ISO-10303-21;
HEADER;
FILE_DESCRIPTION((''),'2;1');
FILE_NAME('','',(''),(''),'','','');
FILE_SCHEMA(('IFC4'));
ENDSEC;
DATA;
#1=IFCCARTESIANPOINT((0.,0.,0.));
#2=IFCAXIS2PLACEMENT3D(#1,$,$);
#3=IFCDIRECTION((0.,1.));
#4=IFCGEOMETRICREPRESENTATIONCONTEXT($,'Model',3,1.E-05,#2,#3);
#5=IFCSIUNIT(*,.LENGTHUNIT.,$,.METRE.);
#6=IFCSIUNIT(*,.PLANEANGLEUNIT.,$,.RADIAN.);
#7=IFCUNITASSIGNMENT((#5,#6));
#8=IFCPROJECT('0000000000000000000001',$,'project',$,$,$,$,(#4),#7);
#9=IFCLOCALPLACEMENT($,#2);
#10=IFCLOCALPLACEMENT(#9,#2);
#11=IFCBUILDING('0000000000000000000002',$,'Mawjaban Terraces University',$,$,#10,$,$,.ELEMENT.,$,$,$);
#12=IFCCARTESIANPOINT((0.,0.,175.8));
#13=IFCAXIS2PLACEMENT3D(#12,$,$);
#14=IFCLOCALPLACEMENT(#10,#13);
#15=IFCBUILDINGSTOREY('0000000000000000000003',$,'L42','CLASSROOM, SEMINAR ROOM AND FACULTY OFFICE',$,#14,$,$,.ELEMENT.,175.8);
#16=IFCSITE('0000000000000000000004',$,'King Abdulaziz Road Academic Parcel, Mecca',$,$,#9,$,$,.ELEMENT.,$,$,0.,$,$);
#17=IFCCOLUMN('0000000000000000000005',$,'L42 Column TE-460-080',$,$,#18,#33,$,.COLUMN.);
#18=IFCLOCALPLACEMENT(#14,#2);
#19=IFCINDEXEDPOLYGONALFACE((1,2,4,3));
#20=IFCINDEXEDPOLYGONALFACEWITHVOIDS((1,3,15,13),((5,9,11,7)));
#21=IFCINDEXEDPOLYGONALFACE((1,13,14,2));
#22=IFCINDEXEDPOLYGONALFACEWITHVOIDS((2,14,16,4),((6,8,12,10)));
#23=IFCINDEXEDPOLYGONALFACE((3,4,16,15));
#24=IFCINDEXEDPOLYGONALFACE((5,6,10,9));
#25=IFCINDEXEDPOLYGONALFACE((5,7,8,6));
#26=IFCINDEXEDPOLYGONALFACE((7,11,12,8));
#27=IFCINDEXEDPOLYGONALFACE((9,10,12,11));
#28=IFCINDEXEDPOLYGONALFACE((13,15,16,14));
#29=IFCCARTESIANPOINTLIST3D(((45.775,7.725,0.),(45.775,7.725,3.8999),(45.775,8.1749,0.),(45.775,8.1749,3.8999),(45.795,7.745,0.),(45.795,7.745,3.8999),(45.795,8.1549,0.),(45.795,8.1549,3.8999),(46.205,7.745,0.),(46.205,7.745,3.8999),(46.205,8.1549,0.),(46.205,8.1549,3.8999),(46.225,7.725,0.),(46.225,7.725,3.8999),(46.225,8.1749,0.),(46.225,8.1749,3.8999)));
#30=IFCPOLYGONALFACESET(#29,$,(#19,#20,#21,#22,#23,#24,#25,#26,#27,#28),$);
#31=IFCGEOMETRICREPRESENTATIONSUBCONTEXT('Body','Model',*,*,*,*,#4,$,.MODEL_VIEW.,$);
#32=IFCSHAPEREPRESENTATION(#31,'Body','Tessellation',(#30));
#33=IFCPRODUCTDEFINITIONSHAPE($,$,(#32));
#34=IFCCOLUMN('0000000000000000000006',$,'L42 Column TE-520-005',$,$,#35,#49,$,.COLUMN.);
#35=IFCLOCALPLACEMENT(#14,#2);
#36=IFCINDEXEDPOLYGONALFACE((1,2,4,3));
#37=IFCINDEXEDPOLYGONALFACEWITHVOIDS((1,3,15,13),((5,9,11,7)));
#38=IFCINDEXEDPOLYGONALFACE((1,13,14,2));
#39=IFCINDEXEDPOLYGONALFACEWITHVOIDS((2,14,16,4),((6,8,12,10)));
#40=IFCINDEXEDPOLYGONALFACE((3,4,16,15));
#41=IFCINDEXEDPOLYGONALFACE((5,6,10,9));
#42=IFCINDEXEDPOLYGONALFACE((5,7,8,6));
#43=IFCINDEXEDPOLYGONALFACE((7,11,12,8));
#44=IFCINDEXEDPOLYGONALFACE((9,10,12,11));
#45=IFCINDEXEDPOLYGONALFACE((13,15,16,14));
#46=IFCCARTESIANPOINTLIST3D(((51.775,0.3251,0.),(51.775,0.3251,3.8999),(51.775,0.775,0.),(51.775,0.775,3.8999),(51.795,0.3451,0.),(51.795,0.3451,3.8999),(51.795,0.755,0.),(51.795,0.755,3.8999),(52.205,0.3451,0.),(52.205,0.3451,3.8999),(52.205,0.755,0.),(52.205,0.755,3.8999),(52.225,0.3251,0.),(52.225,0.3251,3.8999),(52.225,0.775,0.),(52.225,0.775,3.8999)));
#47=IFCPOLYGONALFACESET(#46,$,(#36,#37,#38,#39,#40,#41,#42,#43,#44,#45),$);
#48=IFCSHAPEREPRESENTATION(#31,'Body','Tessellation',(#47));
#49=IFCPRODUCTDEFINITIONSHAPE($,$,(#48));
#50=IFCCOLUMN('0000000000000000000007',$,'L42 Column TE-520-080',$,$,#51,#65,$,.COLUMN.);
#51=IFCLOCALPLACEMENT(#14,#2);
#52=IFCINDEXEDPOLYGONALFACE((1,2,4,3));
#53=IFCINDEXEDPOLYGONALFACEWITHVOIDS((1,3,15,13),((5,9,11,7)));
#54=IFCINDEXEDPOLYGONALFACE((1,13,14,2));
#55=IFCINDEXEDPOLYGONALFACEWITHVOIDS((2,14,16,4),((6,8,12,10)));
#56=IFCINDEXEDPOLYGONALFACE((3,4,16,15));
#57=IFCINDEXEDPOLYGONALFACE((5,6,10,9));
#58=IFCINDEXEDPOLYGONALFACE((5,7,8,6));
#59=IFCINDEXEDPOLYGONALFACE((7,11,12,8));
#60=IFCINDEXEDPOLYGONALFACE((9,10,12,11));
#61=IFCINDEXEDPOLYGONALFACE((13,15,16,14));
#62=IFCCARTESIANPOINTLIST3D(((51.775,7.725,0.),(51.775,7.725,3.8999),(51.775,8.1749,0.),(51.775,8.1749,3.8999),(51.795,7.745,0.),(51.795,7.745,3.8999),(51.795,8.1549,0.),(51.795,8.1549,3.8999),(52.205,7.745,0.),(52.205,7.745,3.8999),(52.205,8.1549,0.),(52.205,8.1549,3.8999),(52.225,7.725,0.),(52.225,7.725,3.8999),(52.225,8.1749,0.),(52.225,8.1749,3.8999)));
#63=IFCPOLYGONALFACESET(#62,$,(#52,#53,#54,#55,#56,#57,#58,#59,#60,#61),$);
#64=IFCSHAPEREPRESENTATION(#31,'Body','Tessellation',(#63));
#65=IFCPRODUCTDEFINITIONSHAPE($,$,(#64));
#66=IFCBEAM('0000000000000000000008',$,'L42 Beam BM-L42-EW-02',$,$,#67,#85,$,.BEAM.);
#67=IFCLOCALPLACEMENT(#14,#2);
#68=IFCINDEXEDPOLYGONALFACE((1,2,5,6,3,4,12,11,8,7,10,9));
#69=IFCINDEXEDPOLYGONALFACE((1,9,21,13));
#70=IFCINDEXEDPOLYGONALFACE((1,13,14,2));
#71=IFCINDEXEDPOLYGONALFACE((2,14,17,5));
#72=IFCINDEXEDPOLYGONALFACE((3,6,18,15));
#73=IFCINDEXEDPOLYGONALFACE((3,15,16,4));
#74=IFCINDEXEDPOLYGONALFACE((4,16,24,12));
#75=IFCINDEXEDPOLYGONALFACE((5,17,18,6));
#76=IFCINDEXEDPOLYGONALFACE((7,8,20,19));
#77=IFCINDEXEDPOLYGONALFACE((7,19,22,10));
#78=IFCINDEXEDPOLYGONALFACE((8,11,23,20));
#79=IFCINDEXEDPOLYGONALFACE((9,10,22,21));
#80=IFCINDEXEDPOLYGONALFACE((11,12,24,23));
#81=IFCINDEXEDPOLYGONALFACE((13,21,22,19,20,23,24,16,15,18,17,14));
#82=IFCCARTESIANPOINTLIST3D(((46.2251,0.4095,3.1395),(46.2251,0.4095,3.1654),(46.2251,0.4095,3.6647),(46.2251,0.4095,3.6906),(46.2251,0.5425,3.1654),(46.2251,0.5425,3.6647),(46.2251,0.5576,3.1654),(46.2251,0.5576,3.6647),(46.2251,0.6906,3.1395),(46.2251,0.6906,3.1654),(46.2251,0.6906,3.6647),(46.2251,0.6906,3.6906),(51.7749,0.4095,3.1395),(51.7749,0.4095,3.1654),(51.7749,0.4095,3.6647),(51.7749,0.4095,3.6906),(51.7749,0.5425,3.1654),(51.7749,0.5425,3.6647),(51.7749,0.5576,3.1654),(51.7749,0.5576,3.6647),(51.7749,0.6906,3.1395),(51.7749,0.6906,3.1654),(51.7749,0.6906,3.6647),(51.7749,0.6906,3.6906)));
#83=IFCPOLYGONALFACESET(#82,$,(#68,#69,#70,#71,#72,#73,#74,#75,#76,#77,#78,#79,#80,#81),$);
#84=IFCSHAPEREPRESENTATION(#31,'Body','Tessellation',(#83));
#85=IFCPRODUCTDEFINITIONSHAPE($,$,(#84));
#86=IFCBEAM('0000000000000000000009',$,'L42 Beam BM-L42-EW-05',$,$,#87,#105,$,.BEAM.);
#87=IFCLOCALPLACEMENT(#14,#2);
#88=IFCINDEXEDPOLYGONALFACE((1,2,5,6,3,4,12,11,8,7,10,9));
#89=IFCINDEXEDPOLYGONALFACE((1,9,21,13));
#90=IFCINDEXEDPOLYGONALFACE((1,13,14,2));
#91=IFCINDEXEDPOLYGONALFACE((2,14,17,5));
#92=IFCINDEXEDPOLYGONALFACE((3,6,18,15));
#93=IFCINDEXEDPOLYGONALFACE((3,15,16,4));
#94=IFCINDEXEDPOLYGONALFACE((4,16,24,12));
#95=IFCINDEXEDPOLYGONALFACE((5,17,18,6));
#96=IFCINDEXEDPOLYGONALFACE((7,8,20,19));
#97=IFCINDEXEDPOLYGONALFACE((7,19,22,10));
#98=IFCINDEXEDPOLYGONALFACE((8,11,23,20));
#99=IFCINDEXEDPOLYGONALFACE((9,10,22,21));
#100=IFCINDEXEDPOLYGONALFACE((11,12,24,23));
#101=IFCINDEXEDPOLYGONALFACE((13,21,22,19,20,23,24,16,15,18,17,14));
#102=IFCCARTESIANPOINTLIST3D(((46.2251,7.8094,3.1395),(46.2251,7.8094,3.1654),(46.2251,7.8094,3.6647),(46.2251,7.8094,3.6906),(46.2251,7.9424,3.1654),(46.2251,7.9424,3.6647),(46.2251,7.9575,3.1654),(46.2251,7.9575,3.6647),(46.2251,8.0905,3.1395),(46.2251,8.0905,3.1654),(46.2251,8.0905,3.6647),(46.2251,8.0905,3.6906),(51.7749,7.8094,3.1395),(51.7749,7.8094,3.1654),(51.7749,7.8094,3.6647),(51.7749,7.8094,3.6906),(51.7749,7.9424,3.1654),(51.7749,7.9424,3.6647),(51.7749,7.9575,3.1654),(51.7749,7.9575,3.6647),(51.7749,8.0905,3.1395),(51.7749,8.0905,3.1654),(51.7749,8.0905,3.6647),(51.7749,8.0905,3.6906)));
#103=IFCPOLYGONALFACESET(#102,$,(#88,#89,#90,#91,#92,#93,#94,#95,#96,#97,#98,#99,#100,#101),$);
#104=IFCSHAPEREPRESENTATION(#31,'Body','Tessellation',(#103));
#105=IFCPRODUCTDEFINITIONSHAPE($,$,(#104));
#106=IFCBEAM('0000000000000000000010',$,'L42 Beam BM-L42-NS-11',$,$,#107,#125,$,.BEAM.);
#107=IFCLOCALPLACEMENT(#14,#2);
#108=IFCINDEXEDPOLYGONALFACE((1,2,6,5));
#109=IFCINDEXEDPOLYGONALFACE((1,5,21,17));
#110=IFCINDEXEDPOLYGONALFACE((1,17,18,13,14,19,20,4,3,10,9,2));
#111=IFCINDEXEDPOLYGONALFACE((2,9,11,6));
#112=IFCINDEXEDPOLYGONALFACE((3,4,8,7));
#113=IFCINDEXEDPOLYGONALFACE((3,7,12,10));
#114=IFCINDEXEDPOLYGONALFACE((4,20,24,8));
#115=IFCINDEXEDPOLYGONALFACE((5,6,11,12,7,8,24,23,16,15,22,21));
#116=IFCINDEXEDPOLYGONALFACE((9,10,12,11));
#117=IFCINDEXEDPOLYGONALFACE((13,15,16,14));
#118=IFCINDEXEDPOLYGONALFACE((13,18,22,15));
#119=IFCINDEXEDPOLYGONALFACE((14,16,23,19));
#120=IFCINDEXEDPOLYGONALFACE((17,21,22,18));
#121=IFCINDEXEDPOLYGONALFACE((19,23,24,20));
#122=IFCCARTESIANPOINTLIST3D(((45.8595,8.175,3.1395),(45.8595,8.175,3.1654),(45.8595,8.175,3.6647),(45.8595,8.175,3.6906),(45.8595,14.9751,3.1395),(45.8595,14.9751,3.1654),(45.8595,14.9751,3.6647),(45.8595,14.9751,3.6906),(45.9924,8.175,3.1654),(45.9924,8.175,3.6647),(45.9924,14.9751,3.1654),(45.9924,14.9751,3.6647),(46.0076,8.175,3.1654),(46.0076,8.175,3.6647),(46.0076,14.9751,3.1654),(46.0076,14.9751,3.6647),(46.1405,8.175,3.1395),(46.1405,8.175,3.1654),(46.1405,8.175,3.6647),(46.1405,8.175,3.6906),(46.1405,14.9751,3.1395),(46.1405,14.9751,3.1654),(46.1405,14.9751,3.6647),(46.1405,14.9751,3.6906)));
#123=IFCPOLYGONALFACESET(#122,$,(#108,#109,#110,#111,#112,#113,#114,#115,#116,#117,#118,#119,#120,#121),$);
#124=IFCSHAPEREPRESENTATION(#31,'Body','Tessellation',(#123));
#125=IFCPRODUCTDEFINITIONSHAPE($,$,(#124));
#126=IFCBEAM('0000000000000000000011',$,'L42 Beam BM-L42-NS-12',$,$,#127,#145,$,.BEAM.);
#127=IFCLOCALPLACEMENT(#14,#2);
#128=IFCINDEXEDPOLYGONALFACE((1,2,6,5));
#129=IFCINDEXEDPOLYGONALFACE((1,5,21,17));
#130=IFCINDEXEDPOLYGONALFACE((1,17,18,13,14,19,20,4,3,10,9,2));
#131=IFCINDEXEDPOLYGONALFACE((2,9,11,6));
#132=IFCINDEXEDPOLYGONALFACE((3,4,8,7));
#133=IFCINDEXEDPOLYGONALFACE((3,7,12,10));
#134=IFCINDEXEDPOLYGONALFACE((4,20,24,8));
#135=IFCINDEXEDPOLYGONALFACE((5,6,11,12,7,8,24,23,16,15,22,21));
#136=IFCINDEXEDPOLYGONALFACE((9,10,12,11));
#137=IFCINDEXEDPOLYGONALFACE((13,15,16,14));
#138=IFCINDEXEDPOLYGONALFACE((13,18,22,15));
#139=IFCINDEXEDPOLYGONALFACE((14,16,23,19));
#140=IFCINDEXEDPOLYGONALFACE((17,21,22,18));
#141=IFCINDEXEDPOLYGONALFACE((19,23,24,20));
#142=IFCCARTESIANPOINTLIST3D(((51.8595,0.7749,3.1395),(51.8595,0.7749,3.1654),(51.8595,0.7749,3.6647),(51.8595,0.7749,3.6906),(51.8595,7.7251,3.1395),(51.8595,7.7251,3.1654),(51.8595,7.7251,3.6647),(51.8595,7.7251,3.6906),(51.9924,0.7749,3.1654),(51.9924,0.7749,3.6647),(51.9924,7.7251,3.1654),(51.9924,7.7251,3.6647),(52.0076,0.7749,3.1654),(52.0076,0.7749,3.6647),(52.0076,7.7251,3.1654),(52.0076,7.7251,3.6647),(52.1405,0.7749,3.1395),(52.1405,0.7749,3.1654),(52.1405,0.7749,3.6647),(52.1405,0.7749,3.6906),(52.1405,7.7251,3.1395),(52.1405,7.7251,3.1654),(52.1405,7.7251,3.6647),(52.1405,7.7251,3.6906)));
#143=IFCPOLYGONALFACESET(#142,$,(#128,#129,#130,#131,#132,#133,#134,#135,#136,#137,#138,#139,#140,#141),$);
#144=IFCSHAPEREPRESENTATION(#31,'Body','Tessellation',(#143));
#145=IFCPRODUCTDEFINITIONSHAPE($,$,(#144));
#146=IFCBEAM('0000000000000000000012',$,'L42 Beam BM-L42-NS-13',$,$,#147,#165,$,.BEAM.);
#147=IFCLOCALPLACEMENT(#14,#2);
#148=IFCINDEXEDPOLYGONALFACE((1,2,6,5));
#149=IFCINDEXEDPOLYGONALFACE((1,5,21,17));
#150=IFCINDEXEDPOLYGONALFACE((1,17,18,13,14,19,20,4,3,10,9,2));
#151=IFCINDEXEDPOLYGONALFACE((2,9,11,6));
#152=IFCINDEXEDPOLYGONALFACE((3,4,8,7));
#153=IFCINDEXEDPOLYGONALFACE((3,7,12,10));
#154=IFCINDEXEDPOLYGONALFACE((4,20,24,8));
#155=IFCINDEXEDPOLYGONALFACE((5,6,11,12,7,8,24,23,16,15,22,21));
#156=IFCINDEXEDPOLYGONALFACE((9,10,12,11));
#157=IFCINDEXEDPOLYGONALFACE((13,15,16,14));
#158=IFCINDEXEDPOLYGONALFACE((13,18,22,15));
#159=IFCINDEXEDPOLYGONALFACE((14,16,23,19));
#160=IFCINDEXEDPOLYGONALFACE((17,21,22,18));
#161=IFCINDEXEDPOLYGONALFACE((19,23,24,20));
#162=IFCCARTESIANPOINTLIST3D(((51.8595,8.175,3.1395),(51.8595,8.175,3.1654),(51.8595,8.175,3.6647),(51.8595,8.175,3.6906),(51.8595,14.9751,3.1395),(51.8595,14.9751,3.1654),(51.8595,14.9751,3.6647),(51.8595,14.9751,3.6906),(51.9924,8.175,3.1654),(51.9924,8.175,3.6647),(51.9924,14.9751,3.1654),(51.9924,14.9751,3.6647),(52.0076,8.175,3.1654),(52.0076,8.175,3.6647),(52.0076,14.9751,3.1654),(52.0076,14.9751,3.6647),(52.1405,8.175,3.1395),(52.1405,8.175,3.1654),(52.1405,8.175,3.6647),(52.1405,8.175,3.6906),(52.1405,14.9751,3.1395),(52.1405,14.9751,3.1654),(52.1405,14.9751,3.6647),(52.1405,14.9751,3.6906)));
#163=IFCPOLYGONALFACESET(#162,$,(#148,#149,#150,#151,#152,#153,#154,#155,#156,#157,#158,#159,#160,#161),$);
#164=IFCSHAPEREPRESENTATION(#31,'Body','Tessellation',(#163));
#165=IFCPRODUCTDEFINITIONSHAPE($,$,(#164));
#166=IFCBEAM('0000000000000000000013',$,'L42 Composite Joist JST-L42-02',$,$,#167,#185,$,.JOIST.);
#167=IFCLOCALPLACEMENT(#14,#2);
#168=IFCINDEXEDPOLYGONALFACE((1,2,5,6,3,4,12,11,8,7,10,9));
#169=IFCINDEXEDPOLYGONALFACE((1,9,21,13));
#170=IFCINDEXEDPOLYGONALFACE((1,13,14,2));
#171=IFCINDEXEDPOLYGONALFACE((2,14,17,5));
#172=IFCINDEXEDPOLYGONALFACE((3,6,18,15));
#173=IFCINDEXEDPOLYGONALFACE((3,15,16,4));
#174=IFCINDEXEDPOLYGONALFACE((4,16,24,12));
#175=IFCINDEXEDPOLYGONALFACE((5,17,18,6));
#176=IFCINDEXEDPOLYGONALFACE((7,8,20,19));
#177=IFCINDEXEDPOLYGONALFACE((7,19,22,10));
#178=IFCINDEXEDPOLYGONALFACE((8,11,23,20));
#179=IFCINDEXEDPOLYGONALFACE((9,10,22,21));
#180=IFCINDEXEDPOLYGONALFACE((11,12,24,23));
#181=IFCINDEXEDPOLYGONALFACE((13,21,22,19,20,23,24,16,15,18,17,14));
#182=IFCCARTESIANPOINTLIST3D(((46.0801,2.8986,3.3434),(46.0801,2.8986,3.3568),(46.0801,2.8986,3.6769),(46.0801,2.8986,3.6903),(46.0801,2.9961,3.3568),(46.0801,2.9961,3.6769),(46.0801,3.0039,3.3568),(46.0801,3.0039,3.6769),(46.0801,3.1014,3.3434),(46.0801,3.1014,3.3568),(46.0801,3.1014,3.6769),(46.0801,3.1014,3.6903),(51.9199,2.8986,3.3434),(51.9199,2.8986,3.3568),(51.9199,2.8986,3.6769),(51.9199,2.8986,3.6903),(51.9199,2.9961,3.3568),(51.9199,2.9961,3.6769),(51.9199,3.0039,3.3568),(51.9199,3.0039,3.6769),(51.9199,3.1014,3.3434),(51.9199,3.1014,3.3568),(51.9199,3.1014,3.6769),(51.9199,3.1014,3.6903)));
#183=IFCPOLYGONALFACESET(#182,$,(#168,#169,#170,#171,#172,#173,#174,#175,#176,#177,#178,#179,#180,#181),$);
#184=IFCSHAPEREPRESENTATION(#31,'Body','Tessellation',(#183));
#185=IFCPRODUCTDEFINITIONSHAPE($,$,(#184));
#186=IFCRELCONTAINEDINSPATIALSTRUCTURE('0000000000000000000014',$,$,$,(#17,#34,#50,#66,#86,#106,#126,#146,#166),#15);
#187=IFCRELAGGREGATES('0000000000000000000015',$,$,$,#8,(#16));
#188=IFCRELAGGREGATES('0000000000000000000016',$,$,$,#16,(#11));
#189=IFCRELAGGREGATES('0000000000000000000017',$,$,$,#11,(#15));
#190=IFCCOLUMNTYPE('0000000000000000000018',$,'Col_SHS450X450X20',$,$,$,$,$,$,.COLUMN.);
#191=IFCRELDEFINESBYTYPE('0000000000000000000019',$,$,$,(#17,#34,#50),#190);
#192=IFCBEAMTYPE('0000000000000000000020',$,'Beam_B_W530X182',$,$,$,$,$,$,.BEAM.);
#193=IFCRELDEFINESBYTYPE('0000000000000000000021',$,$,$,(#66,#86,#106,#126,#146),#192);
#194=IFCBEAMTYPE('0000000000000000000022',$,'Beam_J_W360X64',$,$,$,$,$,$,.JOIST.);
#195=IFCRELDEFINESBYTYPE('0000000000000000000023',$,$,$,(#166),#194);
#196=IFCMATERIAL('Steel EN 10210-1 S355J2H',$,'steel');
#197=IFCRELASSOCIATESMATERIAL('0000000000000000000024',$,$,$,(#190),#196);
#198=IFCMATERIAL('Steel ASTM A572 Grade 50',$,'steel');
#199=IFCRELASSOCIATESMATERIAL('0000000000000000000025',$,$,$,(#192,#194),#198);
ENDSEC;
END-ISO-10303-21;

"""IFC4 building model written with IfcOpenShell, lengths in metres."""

from ifc_helpers import new_model, si_unit, direction, frame, origin, origin_2d, place, context, subcontext, project, spatial, hollow_rectangle, i_section, extrude, material, material_profile, profile_set, type_object, element, save


model = new_model("IFC4")

# Units and contexts
model_context = context("Model", 3, precision=1e-05, world=origin(), true_north=direction((0.0, 1.0)))
body_context = subcontext(model_context, "Body", "Model", "MODEL_VIEW")
ifc_project = project(units=[si_unit("LENGTHUNIT", "METRE"), si_unit("PLANEANGLEUNIT", "RADIAN")], contexts=[model_context])

# Site, building, storey
site_placement = place(None, origin())
site = spatial("IfcSite", under=ifc_project, at=site_placement, Name="King Abdulaziz Road Academic Parcel, Mecca", CompositionType="ELEMENT", RefElevation=0.0)
building_placement = place(site_placement, origin())
building = spatial("IfcBuilding", under=site, at=building_placement, Name="Mawjaban Terraces University", CompositionType="ELEMENT")
storey_placement = place(building_placement, frame((0.0, 0.0, 175.8)))
storey = spatial("IfcBuildingStorey", under=building, at=storey_placement, Name="L42", Description="CLASSROOM, SEMINAR ROOM AND FACULTY OFFICE", CompositionType="ELEMENT", Elevation=175.8)

# Columns
ifc_material_1 = material(Name="Steel EN 10210-1 S355J2H", Category="steel")
ifc_material_profile_1 = material_profile(ifc_material_1, hollow_rectangle(XDim=0.45, YDim=0.45, WallThickness=0.02, at=origin_2d()), Name="SHS450X450X20")
ifc_profile_set_1 = profile_set([ifc_material_profile_1], Name="Steel EN 10210-1 S355J2H")
column_type = type_object("IfcColumnType", Name="Col_SHS450X450X20", PredefinedType="COLUMN", material=ifc_profile_set_1)
for number, where, z_axis, x_axis, name in (
    (1, (46.0, 7.95, 0.0), (0.0, 0.0, 1.0), (1.0, 0.0, 0.0), "L42 Column TE-460-080"),
    (2, (52.0, 0.55, 0.0), (0.0, 0.0, 1.0), (1.0, 0.0, 0.0), "L42 Column TE-520-005"),
    (3, (52.0, 7.95, 0.0), (0.0, 0.0, 1.0), (1.0, 0.0, 0.0), "L42 Column TE-520-080"),
):
    element("IfcColumn", number, at=place(storey_placement, frame(where, z_axis=z_axis, x_axis=x_axis)), inside=storey, type_object=column_type, Name=name, PredefinedType="COLUMN", context=body_context, shape_type="SweptSolid", body=[
        extrude(hollow_rectangle(XDim=0.45, YDim=0.45, WallThickness=0.02, at=origin_2d()), origin(), (0.0, 0.0, 1.0), 3.8999),
    ])

# Beams
ifc_material_2 = material(Name="Steel ASTM A572 Grade 50", Category="steel")
ifc_material_profile_2 = material_profile(ifc_material_2, i_section(OverallWidth=0.281, OverallDepth=0.551, WebThickness=0.0151, FlangeThickness=0.0259, at=origin_2d()), Name="W530X182")
ifc_profile_set_2 = profile_set([ifc_material_profile_2], Name="Steel ASTM A572 Grade 50")
beam_type_1 = type_object("IfcBeamType", Name="Beam_B_W530X182", PredefinedType="BEAM", material=ifc_profile_set_2)
for number, where, z_axis, x_axis, name in (
    (4, (46.2251, 0.55, 3.415), (1.0, 0.0, 0.0), (0.0, 1.0, 0.0), "L42 Beam BM-L42-EW-02"),
    (5, (46.2251, 7.95, 3.415), (1.0, 0.0, 0.0), (0.0, 1.0, 0.0), "L42 Beam BM-L42-EW-05"),
):
    element("IfcBeam", number, at=place(storey_placement, frame(where, z_axis=z_axis, x_axis=x_axis)), inside=storey, type_object=beam_type_1, Name=name, PredefinedType="BEAM", context=body_context, shape_type="SweptSolid", body=[
        extrude(i_section(OverallWidth=0.281, OverallDepth=0.551, WebThickness=0.0151, FlangeThickness=0.0259, at=origin_2d()), origin(), (0.0, 0.0, 1.0), 5.5498),
    ])
beam_1_placement = place(storey_placement, frame((46.0, 8.175, 3.415), z_axis=(0.0, 1.0, 0.0), x_axis=(-1.0, 0.0, 0.0)))
element("IfcBeam", 6, at=beam_1_placement, inside=storey, type_object=beam_type_1, Name="L42 Beam BM-L42-NS-11", PredefinedType="BEAM", context=body_context, shape_type="SweptSolid", body=[
    extrude(i_section(OverallWidth=0.281, OverallDepth=0.551, WebThickness=0.0151, FlangeThickness=0.0259, at=origin_2d()), origin(), (0.0, 0.0, 1.0), 6.8),
])
beam_2_placement = place(storey_placement, frame((52.0, 0.7749, 3.415), z_axis=(0.0, 1.0, 0.0), x_axis=(-1.0, 0.0, 0.0)))
element("IfcBeam", 7, at=beam_2_placement, inside=storey, type_object=beam_type_1, Name="L42 Beam BM-L42-NS-12", PredefinedType="BEAM", context=body_context, shape_type="SweptSolid", body=[
    extrude(i_section(OverallWidth=0.281, OverallDepth=0.551, WebThickness=0.0151, FlangeThickness=0.0259, at=origin_2d()), origin(), (0.0, 0.0, 1.0), 6.9502),
])
beam_3_placement = place(storey_placement, frame((52.0, 8.175, 3.415), z_axis=(0.0, 1.0, 0.0), x_axis=(-1.0, 0.0, 0.0)))
element("IfcBeam", 8, at=beam_3_placement, inside=storey, type_object=beam_type_1, Name="L42 Beam BM-L42-NS-13", PredefinedType="BEAM", context=body_context, shape_type="SweptSolid", body=[
    extrude(i_section(OverallWidth=0.281, OverallDepth=0.551, WebThickness=0.0151, FlangeThickness=0.0259, at=origin_2d()), origin(), (0.0, 0.0, 1.0), 6.8),
])
ifc_material_profile_3 = material_profile(ifc_material_2, i_section(OverallWidth=0.2029, OverallDepth=0.3469, WebThickness=0.0078, FlangeThickness=0.0134, at=origin_2d()), Name="W360X64")
ifc_profile_set_3 = profile_set([ifc_material_profile_3], Name="Steel ASTM A572 Grade 50")
beam_type_2 = type_object("IfcBeamType", Name="Beam_J_W360X64", PredefinedType="JOIST", material=ifc_profile_set_3)
beam_4_placement = place(storey_placement, frame((46.0801, 3.0, 3.5168), z_axis=(1.0, 0.0, 0.0), x_axis=(0.0, 1.0, 0.0)))
element("IfcBeam", 9, at=beam_4_placement, inside=storey, type_object=beam_type_2, Name="L42 Composite Joist JST-L42-02", PredefinedType="JOIST", context=body_context, shape_type="SweptSolid", body=[
    extrude(i_section(OverallWidth=0.2029, OverallDepth=0.3469, WebThickness=0.0078, FlangeThickness=0.0134, at=origin_2d()), origin(), (0.0, 0.0, 1.0), 5.8398),
])

save(model, "model.ifc")
